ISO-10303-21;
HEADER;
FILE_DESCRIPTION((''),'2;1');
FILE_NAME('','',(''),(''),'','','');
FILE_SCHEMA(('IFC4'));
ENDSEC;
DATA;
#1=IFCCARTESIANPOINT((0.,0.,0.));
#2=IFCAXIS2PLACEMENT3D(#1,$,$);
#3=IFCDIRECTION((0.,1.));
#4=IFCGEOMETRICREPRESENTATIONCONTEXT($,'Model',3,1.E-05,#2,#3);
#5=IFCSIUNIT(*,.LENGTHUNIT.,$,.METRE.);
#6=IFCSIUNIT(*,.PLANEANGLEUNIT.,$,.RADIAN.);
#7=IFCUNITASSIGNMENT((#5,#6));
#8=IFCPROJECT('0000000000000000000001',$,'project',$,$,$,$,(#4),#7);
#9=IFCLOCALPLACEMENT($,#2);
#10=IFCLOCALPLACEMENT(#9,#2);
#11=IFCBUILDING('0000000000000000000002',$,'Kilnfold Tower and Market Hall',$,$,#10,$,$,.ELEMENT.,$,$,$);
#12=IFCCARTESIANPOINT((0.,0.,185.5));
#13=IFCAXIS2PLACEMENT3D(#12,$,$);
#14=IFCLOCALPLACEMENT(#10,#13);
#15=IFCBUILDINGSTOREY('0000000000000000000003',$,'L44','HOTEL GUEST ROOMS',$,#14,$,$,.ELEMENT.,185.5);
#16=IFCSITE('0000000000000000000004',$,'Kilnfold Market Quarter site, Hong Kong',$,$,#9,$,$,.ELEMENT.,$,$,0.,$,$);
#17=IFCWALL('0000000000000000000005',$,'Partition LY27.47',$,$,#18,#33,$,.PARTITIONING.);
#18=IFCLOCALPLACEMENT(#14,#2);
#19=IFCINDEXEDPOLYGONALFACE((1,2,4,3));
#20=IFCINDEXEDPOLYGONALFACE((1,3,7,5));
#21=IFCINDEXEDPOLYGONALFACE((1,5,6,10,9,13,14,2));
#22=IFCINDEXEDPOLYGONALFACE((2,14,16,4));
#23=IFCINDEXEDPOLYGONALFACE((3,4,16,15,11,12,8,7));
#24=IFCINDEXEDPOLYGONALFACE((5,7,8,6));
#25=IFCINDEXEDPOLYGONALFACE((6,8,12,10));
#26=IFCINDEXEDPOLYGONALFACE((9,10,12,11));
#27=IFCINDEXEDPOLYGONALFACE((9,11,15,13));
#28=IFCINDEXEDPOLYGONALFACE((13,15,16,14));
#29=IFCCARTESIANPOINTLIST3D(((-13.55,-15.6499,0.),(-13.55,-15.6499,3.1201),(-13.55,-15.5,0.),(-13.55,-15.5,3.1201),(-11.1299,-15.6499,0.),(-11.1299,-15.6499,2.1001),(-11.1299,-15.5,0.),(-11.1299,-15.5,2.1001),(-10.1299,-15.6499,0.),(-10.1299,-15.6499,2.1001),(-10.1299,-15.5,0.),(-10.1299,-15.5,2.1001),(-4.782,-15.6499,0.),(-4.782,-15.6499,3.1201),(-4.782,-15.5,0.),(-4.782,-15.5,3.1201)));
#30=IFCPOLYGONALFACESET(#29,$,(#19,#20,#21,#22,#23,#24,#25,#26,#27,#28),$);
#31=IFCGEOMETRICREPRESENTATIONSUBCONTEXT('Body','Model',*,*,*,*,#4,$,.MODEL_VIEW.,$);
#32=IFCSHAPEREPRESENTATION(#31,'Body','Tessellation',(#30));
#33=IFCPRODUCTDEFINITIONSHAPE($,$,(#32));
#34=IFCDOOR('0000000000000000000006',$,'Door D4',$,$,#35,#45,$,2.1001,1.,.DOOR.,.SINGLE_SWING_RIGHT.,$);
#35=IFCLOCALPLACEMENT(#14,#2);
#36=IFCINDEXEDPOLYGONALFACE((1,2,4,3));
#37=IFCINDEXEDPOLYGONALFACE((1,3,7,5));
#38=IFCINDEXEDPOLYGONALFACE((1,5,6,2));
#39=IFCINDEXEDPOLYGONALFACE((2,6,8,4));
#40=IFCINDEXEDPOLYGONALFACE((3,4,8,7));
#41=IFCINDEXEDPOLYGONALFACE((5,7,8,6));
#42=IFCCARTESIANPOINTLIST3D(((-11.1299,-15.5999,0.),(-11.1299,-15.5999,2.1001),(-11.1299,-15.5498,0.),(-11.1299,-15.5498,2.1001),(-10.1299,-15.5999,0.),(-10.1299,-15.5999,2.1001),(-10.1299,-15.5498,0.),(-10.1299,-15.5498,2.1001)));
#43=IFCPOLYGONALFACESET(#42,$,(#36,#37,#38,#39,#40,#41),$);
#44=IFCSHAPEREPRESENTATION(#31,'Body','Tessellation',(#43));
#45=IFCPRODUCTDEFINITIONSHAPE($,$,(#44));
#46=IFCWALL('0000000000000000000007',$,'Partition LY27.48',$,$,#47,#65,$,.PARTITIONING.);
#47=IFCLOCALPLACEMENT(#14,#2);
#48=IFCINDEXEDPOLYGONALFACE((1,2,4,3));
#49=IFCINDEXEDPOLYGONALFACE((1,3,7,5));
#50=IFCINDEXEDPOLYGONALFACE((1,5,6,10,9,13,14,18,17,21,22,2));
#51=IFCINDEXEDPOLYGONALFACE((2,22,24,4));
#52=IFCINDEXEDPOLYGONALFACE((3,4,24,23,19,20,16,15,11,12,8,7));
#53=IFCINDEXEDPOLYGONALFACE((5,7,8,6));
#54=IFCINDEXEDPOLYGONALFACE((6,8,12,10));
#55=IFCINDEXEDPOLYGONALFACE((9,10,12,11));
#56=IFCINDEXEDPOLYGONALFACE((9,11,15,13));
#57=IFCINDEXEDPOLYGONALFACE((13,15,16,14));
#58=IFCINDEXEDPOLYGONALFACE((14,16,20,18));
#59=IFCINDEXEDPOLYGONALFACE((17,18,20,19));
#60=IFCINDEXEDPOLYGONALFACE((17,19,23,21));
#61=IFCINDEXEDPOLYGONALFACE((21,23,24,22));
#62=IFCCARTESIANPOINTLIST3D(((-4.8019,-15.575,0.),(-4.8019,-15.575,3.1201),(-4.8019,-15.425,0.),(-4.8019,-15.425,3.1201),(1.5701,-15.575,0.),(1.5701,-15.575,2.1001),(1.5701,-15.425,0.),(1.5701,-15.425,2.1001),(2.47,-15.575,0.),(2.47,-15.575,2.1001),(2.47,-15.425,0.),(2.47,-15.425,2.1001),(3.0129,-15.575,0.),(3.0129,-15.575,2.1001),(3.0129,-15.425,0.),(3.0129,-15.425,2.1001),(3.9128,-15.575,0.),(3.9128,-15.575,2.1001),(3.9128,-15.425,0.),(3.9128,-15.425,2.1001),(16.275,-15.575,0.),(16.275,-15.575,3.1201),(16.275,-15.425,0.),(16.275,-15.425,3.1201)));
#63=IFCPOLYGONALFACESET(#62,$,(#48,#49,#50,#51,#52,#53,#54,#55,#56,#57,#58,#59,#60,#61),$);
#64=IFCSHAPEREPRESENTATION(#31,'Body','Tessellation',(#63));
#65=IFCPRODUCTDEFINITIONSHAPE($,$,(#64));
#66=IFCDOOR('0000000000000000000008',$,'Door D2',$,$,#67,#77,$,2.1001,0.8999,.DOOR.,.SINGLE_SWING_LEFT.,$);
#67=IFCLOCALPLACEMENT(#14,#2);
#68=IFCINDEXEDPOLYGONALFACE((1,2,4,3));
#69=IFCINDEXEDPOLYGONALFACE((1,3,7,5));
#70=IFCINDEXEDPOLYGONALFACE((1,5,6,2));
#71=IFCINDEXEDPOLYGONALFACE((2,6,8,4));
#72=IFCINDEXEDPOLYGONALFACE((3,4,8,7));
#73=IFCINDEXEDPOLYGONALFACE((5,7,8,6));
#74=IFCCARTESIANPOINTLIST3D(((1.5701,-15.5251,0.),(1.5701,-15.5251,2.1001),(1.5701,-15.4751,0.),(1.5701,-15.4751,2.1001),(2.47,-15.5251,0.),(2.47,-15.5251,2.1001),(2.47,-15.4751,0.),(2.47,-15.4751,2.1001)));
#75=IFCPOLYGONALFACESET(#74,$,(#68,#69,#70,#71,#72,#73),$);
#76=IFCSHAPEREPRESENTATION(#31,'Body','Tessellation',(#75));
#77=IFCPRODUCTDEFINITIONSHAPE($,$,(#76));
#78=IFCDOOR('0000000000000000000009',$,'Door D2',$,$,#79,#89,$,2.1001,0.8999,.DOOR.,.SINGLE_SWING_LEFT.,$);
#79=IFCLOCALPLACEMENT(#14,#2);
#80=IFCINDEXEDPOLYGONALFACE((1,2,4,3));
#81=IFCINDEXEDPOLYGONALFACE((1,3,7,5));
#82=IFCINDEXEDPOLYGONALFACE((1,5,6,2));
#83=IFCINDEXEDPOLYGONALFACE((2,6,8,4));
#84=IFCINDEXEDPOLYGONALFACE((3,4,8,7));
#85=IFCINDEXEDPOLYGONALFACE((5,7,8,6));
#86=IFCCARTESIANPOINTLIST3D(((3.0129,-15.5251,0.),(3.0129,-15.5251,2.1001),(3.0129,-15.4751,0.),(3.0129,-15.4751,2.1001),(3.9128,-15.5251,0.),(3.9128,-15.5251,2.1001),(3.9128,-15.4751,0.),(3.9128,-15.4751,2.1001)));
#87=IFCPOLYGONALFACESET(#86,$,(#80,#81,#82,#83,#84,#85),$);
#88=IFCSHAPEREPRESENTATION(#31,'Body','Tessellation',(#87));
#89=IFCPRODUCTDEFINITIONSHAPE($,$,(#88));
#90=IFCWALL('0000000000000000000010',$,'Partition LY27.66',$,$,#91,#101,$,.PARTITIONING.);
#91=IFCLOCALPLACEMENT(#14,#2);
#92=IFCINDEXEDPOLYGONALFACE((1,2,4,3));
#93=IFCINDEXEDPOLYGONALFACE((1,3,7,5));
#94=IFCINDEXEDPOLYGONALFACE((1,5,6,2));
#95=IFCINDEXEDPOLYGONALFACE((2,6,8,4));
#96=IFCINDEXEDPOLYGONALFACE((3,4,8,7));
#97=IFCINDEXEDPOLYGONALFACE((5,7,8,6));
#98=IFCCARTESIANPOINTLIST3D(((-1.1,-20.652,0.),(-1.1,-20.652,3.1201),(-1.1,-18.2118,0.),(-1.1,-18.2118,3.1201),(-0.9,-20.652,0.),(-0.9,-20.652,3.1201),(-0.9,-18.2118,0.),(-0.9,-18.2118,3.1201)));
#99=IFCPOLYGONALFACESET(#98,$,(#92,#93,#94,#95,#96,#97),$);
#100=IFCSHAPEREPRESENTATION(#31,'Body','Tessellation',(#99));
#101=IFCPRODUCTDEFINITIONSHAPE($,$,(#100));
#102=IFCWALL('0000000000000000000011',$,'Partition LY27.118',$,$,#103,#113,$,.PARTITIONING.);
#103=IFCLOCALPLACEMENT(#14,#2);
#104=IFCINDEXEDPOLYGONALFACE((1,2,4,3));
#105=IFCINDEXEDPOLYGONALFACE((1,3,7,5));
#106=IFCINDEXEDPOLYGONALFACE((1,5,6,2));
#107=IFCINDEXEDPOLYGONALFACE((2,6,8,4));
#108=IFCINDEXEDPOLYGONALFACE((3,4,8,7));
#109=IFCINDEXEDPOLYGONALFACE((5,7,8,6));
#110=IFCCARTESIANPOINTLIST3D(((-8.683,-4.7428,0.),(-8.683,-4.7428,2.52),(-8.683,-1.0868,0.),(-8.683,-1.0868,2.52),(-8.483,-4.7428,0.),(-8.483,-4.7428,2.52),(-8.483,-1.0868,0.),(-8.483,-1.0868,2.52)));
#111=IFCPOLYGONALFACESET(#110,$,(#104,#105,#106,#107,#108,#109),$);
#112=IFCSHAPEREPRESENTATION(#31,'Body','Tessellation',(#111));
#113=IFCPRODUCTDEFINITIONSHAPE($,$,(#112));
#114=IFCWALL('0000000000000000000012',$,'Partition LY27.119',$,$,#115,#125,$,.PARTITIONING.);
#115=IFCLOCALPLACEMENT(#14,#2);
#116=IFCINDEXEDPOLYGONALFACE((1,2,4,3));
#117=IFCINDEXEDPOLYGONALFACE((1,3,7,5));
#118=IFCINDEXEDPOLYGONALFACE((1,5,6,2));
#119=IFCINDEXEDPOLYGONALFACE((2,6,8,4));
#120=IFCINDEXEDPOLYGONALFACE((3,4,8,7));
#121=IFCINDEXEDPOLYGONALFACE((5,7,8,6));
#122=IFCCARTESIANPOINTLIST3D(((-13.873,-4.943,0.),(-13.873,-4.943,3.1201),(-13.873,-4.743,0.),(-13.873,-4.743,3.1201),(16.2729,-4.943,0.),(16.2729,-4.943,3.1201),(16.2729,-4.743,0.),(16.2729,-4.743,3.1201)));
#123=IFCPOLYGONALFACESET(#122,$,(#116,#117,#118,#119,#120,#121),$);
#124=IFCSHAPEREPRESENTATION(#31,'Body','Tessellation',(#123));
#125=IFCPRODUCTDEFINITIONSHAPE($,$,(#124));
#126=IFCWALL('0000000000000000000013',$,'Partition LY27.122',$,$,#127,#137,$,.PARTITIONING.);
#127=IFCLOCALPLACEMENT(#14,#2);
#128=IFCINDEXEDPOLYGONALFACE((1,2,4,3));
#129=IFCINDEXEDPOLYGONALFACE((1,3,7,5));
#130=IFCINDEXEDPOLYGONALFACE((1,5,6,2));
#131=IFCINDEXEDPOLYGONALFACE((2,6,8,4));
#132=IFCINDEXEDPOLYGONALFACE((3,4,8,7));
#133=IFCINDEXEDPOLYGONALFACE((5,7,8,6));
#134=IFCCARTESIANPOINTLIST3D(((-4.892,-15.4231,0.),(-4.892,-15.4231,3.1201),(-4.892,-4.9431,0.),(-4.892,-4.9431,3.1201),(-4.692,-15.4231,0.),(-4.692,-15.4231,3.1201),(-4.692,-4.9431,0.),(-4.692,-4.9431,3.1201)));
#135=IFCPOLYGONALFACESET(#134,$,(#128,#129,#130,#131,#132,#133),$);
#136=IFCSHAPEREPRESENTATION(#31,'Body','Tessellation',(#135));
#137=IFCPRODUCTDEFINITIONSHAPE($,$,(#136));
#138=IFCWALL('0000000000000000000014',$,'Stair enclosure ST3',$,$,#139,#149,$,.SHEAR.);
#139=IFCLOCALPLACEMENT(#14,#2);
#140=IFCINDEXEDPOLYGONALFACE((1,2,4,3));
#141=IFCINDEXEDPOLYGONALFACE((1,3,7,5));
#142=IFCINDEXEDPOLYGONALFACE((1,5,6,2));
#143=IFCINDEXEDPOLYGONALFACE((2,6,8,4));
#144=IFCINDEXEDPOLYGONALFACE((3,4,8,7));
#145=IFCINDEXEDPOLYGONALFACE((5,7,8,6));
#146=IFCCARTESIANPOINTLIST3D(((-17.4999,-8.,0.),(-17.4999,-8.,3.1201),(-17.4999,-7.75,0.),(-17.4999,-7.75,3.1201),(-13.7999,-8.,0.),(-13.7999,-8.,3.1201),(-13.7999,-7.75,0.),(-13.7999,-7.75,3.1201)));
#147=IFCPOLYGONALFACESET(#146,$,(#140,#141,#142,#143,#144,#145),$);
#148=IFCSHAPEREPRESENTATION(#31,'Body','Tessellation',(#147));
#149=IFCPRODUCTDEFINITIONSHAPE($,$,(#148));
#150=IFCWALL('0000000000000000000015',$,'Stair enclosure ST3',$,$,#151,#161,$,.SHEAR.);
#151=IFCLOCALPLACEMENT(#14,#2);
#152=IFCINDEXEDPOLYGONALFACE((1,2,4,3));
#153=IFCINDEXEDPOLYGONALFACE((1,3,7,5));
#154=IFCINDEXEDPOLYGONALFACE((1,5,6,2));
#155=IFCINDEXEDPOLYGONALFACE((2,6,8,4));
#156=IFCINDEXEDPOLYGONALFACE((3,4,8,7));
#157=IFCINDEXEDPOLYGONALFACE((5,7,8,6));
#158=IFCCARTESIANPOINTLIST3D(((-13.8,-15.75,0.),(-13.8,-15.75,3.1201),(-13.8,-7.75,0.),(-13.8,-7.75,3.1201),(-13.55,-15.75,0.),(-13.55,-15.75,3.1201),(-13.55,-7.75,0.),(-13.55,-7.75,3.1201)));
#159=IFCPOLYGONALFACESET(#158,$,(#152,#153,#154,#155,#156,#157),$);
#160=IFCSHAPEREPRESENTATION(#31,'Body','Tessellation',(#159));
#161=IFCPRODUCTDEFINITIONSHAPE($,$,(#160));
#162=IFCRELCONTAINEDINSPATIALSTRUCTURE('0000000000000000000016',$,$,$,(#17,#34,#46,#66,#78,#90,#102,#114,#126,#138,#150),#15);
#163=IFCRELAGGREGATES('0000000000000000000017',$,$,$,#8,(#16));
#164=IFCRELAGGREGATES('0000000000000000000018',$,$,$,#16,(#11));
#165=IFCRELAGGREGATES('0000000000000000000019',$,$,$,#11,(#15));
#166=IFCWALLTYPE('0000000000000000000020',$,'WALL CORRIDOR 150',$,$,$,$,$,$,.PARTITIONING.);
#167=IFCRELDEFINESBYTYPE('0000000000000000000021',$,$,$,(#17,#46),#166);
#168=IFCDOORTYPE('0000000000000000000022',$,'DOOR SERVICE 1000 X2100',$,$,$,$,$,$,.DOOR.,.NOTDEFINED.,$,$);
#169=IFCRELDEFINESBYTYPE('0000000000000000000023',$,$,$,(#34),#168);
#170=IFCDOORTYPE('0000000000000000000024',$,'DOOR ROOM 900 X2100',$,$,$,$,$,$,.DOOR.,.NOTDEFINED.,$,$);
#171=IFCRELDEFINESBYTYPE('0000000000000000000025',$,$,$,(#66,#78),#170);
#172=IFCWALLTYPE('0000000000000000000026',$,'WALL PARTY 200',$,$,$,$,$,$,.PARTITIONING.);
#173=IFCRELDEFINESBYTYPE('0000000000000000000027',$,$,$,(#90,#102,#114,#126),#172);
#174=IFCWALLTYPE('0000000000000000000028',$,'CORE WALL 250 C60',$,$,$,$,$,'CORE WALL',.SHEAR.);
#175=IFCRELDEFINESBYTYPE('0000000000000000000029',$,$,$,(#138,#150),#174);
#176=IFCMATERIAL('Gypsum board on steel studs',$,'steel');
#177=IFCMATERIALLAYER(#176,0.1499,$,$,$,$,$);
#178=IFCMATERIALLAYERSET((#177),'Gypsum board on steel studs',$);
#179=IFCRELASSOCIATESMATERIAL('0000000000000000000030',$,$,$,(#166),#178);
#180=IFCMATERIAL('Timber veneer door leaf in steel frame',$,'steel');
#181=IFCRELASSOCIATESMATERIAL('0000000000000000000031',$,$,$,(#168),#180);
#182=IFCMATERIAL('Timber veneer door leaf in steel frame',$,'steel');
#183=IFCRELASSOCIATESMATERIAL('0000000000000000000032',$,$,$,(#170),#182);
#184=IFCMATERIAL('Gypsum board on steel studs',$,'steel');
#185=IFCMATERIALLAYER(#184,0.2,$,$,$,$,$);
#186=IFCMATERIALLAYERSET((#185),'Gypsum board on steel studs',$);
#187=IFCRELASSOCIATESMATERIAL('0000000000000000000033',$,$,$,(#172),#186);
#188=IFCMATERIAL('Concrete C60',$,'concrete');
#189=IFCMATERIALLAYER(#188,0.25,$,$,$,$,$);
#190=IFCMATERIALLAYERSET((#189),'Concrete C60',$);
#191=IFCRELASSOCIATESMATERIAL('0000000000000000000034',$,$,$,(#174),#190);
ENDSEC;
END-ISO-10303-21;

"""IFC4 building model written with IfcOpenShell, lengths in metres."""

from ifc_helpers import new_model, si_unit, direction, frame, frame_2d, origin, place, context, subcontext, project, spatial, rectangle, extrude, source, transform, mapped, material, layer, layer_set, type_object, element, fill, save


model = new_model("IFC4")

# Units and contexts
model_context = context("Model", 3, precision=1e-05, world=origin(), true_north=direction((0.0, 1.0)))
body_context = subcontext(model_context, "Body", "Model", "MODEL_VIEW")
ifc_project = project(units=[si_unit("LENGTHUNIT", "METRE"), si_unit("PLANEANGLEUNIT", "RADIAN")], contexts=[model_context])

# Site, building, storey
site_placement = place(None, origin())
site = spatial("IfcSite", under=ifc_project, at=site_placement, Name="Kilnfold Market Quarter site, Hong Kong", CompositionType="ELEMENT", RefElevation=0.0)
building_placement = place(site_placement, origin())
building = spatial("IfcBuilding", under=site, at=building_placement, Name="Kilnfold Tower and Market Hall", CompositionType="ELEMENT")
storey_placement = place(building_placement, frame((0.0, 0.0, 185.5)))
storey = spatial("IfcBuildingStorey", under=building, at=storey_placement, Name="L44", Description="HOTEL GUEST ROOMS", CompositionType="ELEMENT", Elevation=185.5)

# Shared definitions
ifc_material_1 = material(Name="Gypsum board on steel studs", Category="steel")
ifc_layer_1 = layer(ifc_material_1, 0.1499)
ifc_layer_set_1 = layer_set([ifc_layer_1], Name="Gypsum board on steel studs")
wall_type_1 = type_object("IfcWallType", Name="WALL CORRIDOR 150", PredefinedType="PARTITIONING", material=ifc_layer_set_1)

# Wall, opening, door
wall_1_placement = place(storey_placement, frame((-4.782, -15.575, 0.0), z_axis=(0.0, 0.0, 1.0), x_axis=(-1.0, 0.0, 0.0)))
wall_1 = element("IfcWall", 1, at=wall_1_placement, inside=storey, type_object=wall_type_1, Name="Partition LY27.47", PredefinedType="PARTITIONING", context=body_context, shape_type="SweptSolid", body=[
    extrude(rectangle(XDim=8.7681, YDim=0.1499, at=frame_2d((4.384, 0.0))), origin(), (0.0, 0.0, 1.0), 3.1201),
])
opening_1_placement = place(wall_1_placement, frame((5.3479, 0.0, 0.0)))
opening_1 = element("IfcOpeningElement", 2, at=opening_1_placement, cuts=wall_1, PredefinedType="OPENING", context=body_context, shape_type="SweptSolid", body=[
    extrude(rectangle(XDim=1.0, YDim=2.1001, at=frame_2d((0.5, 1.05))), frame((0.0, 0.085, 0.0), z_axis=(0.0, -1.0, 0.0), x_axis=(1.0, 0.0, 0.0)), (0.0, 0.0, 1.0), 0.1699),
])
ifc_material_2 = material(Name="Timber veneer door leaf in steel frame", Category="steel")
door_type_1 = type_object("IfcDoorType", Name="DOOR SERVICE 1000 X2100", OperationType="NOTDEFINED", PredefinedType="DOOR", material=ifc_material_2)
door_1_placement = place(opening_1_placement, origin())
door_1 = element("IfcDoor", 3, at=door_1_placement, inside=storey, type_object=door_type_1, Name="Door D4", OperationType="SINGLE_SWING_RIGHT", OverallHeight=2.1001, OverallWidth=1.0, PredefinedType="DOOR", context=body_context, shape_type="SweptSolid", body=[
    extrude(rectangle(XDim=1.0, YDim=2.1001, at=frame_2d((0.5, 1.05))), frame((0.0, 0.0249, 0.0), z_axis=(0.0, -1.0, 0.0), x_axis=(1.0, 0.0, 0.0)), (0.0, 0.0, 1.0), 0.05),
])
fill(opening_1, door_1)

# Wall, openings, doors
wall_2_placement = place(storey_placement, frame((-4.802, -15.5, 0.0), z_axis=(0.0, 0.0, 1.0), x_axis=(1.0, 0.0, 0.0)))
wall_2 = element("IfcWall", 4, at=wall_2_placement, inside=storey, type_object=wall_type_1, Name="Partition LY27.48", PredefinedType="PARTITIONING", context=body_context, shape_type="SweptSolid", body=[
    extrude(rectangle(XDim=21.0769, YDim=0.1499, at=frame_2d((10.5386, 0.0))), origin(), (0.0, 0.0, 1.0), 3.1201),
])
opening_2_placement = place(wall_2_placement, frame((6.3721, 0.0, 0.0)))
opening_2 = element("IfcOpeningElement", 5, at=opening_2_placement, cuts=wall_2, PredefinedType="OPENING", context=body_context, shape_type="SweptSolid", body=[
    extrude(rectangle(XDim=0.8999, YDim=2.1001, at=frame_2d((0.45, 1.05))), frame((0.0, 0.085, 0.0), z_axis=(0.0, -1.0, 0.0), x_axis=(1.0, 0.0, 0.0)), (0.0, 0.0, 1.0), 0.1699),
])
opening_3_placement = place(wall_2_placement, frame((7.8149, 0.0, 0.0)))
opening_3 = element("IfcOpeningElement", 6, at=opening_3_placement, cuts=wall_2, PredefinedType="OPENING", context=body_context, shape_type="SweptSolid", body=[
    extrude(rectangle(XDim=0.8999, YDim=2.1001, at=frame_2d((0.45, 1.05))), frame((0.0, 0.085, 0.0), z_axis=(0.0, -1.0, 0.0), x_axis=(1.0, 0.0, 0.0)), (0.0, 0.0, 1.0), 0.1699),
])
ifc_material_3 = material(Name="Timber veneer door leaf in steel frame", Category="steel")
door_type_2 = type_object("IfcDoorType", Name="DOOR ROOM 900 X2100", OperationType="NOTDEFINED", PredefinedType="DOOR", material=ifc_material_3)
door_2_placement = place(opening_2_placement, origin())
door_2 = element("IfcDoor", 7, at=door_2_placement, inside=storey, type_object=door_type_2, Name="Door D2", OperationType="SINGLE_SWING_LEFT", OverallHeight=2.1001, OverallWidth=0.8999, PredefinedType="DOOR", context=body_context, shape_type="SweptSolid", body=[
    extrude(rectangle(XDim=0.8999, YDim=2.1001, at=frame_2d((0.45, 1.05))), frame((0.0, 0.0249, 0.0), z_axis=(0.0, -1.0, 0.0), x_axis=(1.0, 0.0, 0.0)), (0.0, 0.0, 1.0), 0.05),
])
fill(opening_2, door_2)
door_3_placement = place(opening_3_placement, origin())
door_3 = element("IfcDoor", 8, at=door_3_placement, inside=storey, type_object=door_type_2, Name="Door D2", OperationType="SINGLE_SWING_LEFT", OverallHeight=2.1001, OverallWidth=0.8999, PredefinedType="DOOR", context=body_context, shape_type="SweptSolid", body=[
    extrude(rectangle(XDim=0.8999, YDim=2.1001, at=frame_2d((0.45, 1.05))), frame((0.0, 0.0249, 0.0), z_axis=(0.0, -1.0, 0.0), x_axis=(1.0, 0.0, 0.0)), (0.0, 0.0, 1.0), 0.05),
])
fill(opening_3, door_3)

# Walls
ifc_material_4 = material(Name="Gypsum board on steel studs", Category="steel")
ifc_layer_2 = layer(ifc_material_4, 0.2)
ifc_layer_set_2 = layer_set([ifc_layer_2], Name="Gypsum board on steel studs")
wall_type_2 = type_object("IfcWallType", Name="WALL PARTY 200", PredefinedType="PARTITIONING", material=ifc_layer_set_2)
wall_3_placement = place(storey_placement, frame((-1.0, -20.6521, 0.0), z_axis=(0.0, 0.0, 1.0), x_axis=(0.0, 1.0, 0.0)))
element("IfcWall", 9, at=wall_3_placement, inside=storey, type_object=wall_type_2, Name="Partition LY27.66", PredefinedType="PARTITIONING", context=body_context, shape_type="SweptSolid", body=[
    extrude(rectangle(XDim=2.4402, YDim=0.2, at=frame_2d((1.2202, 0.0))), origin(), (0.0, 0.0, 1.0), 3.1201),
])
wall_4_placement = place(storey_placement, frame((-8.583, -4.7429, 0.0), z_axis=(0.0, 0.0, 1.0), x_axis=(0.0, 1.0, 0.0)))
element("IfcWall", 10, at=wall_4_placement, inside=storey, type_object=wall_type_2, Name="Partition LY27.118", PredefinedType="PARTITIONING", context=body_context, shape_type="SweptSolid", body=[
    extrude(rectangle(XDim=3.656, YDim=0.2, at=frame_2d((1.8281, 0.0))), origin(), (0.0, 0.0, 1.0), 2.52),
])
wall_5_placement = place(storey_placement, frame((-13.873, -4.843, 0.0), z_axis=(0.0, 0.0, 1.0), x_axis=(1.0, 0.0, 0.0)))
element("IfcWall", 11, at=wall_5_placement, inside=storey, type_object=wall_type_2, Name="Partition LY27.119", PredefinedType="PARTITIONING", context=body_context, shape_type="SweptSolid", body=[
    extrude(rectangle(XDim=30.146, YDim=0.2, at=frame_2d((15.073, 0.0))), origin(), (0.0, 0.0, 1.0), 3.1201),
])
wall_6_placement = place(storey_placement, frame((-4.792, -15.4231, 0.0), z_axis=(0.0, 0.0, 1.0), x_axis=(0.0, 1.0, 0.0)))
element("IfcWall", 12, at=wall_6_placement, inside=storey, type_object=wall_type_2, Name="Partition LY27.122", PredefinedType="PARTITIONING", context=body_context, shape_type="SweptSolid", body=[
    extrude(rectangle(XDim=10.48, YDim=0.2, at=frame_2d((5.24, 0.0))), origin(), (0.0, 0.0, 1.0), 3.1201),
])
ifc_material_5 = material(Name="Concrete C60", Category="concrete")
ifc_layer_3 = layer(ifc_material_5, 0.25)
ifc_layer_set_3 = layer_set([ifc_layer_3], Name="Concrete C60")
wall_type_3 = type_object("IfcWallType", Name="CORE WALL 250 C60", ElementType="CORE WALL", PredefinedType="SHEAR", material=ifc_layer_set_3)
shared_shape_1 = source(origin(), body_context, "Body", "SweptSolid", [
    extrude(rectangle(XDim=3.7, YDim=0.25, at=frame_2d((1.8501, 0.0))), origin(), (0.0, 0.0, 1.0), 3.1201),
])
wall_7_placement = place(storey_placement, frame((-17.5, -7.875, 0.0), z_axis=(0.0, 0.0, 1.0), x_axis=(1.0, 0.0, 0.0)))
element("IfcWall", 13, at=wall_7_placement, inside=storey, type_object=wall_type_3, Name="Stair enclosure ST3", PredefinedType="SHEAR", context=body_context, shape_type="MappedRepresentation", body=[
    mapped(shared_shape_1, transform((0.0, 0.0, 0.0))),
])
shared_shape_2 = source(origin(), body_context, "Body", "SweptSolid", [
    extrude(rectangle(XDim=8.0, YDim=0.25, at=frame_2d((4.0, 0.0))), origin(), (0.0, 0.0, 1.0), 3.1201),
])
wall_8_placement = place(storey_placement, frame((-13.675, -15.75, 0.0), z_axis=(0.0, 0.0, 1.0), x_axis=(0.0, 1.0, 0.0)))
element("IfcWall", 14, at=wall_8_placement, inside=storey, type_object=wall_type_3, Name="Stair enclosure ST3", PredefinedType="SHEAR", context=body_context, shape_type="MappedRepresentation", body=[
    mapped(shared_shape_2, transform((0.0, 0.0, 0.0))),
])

save(model, "model.ifc")
